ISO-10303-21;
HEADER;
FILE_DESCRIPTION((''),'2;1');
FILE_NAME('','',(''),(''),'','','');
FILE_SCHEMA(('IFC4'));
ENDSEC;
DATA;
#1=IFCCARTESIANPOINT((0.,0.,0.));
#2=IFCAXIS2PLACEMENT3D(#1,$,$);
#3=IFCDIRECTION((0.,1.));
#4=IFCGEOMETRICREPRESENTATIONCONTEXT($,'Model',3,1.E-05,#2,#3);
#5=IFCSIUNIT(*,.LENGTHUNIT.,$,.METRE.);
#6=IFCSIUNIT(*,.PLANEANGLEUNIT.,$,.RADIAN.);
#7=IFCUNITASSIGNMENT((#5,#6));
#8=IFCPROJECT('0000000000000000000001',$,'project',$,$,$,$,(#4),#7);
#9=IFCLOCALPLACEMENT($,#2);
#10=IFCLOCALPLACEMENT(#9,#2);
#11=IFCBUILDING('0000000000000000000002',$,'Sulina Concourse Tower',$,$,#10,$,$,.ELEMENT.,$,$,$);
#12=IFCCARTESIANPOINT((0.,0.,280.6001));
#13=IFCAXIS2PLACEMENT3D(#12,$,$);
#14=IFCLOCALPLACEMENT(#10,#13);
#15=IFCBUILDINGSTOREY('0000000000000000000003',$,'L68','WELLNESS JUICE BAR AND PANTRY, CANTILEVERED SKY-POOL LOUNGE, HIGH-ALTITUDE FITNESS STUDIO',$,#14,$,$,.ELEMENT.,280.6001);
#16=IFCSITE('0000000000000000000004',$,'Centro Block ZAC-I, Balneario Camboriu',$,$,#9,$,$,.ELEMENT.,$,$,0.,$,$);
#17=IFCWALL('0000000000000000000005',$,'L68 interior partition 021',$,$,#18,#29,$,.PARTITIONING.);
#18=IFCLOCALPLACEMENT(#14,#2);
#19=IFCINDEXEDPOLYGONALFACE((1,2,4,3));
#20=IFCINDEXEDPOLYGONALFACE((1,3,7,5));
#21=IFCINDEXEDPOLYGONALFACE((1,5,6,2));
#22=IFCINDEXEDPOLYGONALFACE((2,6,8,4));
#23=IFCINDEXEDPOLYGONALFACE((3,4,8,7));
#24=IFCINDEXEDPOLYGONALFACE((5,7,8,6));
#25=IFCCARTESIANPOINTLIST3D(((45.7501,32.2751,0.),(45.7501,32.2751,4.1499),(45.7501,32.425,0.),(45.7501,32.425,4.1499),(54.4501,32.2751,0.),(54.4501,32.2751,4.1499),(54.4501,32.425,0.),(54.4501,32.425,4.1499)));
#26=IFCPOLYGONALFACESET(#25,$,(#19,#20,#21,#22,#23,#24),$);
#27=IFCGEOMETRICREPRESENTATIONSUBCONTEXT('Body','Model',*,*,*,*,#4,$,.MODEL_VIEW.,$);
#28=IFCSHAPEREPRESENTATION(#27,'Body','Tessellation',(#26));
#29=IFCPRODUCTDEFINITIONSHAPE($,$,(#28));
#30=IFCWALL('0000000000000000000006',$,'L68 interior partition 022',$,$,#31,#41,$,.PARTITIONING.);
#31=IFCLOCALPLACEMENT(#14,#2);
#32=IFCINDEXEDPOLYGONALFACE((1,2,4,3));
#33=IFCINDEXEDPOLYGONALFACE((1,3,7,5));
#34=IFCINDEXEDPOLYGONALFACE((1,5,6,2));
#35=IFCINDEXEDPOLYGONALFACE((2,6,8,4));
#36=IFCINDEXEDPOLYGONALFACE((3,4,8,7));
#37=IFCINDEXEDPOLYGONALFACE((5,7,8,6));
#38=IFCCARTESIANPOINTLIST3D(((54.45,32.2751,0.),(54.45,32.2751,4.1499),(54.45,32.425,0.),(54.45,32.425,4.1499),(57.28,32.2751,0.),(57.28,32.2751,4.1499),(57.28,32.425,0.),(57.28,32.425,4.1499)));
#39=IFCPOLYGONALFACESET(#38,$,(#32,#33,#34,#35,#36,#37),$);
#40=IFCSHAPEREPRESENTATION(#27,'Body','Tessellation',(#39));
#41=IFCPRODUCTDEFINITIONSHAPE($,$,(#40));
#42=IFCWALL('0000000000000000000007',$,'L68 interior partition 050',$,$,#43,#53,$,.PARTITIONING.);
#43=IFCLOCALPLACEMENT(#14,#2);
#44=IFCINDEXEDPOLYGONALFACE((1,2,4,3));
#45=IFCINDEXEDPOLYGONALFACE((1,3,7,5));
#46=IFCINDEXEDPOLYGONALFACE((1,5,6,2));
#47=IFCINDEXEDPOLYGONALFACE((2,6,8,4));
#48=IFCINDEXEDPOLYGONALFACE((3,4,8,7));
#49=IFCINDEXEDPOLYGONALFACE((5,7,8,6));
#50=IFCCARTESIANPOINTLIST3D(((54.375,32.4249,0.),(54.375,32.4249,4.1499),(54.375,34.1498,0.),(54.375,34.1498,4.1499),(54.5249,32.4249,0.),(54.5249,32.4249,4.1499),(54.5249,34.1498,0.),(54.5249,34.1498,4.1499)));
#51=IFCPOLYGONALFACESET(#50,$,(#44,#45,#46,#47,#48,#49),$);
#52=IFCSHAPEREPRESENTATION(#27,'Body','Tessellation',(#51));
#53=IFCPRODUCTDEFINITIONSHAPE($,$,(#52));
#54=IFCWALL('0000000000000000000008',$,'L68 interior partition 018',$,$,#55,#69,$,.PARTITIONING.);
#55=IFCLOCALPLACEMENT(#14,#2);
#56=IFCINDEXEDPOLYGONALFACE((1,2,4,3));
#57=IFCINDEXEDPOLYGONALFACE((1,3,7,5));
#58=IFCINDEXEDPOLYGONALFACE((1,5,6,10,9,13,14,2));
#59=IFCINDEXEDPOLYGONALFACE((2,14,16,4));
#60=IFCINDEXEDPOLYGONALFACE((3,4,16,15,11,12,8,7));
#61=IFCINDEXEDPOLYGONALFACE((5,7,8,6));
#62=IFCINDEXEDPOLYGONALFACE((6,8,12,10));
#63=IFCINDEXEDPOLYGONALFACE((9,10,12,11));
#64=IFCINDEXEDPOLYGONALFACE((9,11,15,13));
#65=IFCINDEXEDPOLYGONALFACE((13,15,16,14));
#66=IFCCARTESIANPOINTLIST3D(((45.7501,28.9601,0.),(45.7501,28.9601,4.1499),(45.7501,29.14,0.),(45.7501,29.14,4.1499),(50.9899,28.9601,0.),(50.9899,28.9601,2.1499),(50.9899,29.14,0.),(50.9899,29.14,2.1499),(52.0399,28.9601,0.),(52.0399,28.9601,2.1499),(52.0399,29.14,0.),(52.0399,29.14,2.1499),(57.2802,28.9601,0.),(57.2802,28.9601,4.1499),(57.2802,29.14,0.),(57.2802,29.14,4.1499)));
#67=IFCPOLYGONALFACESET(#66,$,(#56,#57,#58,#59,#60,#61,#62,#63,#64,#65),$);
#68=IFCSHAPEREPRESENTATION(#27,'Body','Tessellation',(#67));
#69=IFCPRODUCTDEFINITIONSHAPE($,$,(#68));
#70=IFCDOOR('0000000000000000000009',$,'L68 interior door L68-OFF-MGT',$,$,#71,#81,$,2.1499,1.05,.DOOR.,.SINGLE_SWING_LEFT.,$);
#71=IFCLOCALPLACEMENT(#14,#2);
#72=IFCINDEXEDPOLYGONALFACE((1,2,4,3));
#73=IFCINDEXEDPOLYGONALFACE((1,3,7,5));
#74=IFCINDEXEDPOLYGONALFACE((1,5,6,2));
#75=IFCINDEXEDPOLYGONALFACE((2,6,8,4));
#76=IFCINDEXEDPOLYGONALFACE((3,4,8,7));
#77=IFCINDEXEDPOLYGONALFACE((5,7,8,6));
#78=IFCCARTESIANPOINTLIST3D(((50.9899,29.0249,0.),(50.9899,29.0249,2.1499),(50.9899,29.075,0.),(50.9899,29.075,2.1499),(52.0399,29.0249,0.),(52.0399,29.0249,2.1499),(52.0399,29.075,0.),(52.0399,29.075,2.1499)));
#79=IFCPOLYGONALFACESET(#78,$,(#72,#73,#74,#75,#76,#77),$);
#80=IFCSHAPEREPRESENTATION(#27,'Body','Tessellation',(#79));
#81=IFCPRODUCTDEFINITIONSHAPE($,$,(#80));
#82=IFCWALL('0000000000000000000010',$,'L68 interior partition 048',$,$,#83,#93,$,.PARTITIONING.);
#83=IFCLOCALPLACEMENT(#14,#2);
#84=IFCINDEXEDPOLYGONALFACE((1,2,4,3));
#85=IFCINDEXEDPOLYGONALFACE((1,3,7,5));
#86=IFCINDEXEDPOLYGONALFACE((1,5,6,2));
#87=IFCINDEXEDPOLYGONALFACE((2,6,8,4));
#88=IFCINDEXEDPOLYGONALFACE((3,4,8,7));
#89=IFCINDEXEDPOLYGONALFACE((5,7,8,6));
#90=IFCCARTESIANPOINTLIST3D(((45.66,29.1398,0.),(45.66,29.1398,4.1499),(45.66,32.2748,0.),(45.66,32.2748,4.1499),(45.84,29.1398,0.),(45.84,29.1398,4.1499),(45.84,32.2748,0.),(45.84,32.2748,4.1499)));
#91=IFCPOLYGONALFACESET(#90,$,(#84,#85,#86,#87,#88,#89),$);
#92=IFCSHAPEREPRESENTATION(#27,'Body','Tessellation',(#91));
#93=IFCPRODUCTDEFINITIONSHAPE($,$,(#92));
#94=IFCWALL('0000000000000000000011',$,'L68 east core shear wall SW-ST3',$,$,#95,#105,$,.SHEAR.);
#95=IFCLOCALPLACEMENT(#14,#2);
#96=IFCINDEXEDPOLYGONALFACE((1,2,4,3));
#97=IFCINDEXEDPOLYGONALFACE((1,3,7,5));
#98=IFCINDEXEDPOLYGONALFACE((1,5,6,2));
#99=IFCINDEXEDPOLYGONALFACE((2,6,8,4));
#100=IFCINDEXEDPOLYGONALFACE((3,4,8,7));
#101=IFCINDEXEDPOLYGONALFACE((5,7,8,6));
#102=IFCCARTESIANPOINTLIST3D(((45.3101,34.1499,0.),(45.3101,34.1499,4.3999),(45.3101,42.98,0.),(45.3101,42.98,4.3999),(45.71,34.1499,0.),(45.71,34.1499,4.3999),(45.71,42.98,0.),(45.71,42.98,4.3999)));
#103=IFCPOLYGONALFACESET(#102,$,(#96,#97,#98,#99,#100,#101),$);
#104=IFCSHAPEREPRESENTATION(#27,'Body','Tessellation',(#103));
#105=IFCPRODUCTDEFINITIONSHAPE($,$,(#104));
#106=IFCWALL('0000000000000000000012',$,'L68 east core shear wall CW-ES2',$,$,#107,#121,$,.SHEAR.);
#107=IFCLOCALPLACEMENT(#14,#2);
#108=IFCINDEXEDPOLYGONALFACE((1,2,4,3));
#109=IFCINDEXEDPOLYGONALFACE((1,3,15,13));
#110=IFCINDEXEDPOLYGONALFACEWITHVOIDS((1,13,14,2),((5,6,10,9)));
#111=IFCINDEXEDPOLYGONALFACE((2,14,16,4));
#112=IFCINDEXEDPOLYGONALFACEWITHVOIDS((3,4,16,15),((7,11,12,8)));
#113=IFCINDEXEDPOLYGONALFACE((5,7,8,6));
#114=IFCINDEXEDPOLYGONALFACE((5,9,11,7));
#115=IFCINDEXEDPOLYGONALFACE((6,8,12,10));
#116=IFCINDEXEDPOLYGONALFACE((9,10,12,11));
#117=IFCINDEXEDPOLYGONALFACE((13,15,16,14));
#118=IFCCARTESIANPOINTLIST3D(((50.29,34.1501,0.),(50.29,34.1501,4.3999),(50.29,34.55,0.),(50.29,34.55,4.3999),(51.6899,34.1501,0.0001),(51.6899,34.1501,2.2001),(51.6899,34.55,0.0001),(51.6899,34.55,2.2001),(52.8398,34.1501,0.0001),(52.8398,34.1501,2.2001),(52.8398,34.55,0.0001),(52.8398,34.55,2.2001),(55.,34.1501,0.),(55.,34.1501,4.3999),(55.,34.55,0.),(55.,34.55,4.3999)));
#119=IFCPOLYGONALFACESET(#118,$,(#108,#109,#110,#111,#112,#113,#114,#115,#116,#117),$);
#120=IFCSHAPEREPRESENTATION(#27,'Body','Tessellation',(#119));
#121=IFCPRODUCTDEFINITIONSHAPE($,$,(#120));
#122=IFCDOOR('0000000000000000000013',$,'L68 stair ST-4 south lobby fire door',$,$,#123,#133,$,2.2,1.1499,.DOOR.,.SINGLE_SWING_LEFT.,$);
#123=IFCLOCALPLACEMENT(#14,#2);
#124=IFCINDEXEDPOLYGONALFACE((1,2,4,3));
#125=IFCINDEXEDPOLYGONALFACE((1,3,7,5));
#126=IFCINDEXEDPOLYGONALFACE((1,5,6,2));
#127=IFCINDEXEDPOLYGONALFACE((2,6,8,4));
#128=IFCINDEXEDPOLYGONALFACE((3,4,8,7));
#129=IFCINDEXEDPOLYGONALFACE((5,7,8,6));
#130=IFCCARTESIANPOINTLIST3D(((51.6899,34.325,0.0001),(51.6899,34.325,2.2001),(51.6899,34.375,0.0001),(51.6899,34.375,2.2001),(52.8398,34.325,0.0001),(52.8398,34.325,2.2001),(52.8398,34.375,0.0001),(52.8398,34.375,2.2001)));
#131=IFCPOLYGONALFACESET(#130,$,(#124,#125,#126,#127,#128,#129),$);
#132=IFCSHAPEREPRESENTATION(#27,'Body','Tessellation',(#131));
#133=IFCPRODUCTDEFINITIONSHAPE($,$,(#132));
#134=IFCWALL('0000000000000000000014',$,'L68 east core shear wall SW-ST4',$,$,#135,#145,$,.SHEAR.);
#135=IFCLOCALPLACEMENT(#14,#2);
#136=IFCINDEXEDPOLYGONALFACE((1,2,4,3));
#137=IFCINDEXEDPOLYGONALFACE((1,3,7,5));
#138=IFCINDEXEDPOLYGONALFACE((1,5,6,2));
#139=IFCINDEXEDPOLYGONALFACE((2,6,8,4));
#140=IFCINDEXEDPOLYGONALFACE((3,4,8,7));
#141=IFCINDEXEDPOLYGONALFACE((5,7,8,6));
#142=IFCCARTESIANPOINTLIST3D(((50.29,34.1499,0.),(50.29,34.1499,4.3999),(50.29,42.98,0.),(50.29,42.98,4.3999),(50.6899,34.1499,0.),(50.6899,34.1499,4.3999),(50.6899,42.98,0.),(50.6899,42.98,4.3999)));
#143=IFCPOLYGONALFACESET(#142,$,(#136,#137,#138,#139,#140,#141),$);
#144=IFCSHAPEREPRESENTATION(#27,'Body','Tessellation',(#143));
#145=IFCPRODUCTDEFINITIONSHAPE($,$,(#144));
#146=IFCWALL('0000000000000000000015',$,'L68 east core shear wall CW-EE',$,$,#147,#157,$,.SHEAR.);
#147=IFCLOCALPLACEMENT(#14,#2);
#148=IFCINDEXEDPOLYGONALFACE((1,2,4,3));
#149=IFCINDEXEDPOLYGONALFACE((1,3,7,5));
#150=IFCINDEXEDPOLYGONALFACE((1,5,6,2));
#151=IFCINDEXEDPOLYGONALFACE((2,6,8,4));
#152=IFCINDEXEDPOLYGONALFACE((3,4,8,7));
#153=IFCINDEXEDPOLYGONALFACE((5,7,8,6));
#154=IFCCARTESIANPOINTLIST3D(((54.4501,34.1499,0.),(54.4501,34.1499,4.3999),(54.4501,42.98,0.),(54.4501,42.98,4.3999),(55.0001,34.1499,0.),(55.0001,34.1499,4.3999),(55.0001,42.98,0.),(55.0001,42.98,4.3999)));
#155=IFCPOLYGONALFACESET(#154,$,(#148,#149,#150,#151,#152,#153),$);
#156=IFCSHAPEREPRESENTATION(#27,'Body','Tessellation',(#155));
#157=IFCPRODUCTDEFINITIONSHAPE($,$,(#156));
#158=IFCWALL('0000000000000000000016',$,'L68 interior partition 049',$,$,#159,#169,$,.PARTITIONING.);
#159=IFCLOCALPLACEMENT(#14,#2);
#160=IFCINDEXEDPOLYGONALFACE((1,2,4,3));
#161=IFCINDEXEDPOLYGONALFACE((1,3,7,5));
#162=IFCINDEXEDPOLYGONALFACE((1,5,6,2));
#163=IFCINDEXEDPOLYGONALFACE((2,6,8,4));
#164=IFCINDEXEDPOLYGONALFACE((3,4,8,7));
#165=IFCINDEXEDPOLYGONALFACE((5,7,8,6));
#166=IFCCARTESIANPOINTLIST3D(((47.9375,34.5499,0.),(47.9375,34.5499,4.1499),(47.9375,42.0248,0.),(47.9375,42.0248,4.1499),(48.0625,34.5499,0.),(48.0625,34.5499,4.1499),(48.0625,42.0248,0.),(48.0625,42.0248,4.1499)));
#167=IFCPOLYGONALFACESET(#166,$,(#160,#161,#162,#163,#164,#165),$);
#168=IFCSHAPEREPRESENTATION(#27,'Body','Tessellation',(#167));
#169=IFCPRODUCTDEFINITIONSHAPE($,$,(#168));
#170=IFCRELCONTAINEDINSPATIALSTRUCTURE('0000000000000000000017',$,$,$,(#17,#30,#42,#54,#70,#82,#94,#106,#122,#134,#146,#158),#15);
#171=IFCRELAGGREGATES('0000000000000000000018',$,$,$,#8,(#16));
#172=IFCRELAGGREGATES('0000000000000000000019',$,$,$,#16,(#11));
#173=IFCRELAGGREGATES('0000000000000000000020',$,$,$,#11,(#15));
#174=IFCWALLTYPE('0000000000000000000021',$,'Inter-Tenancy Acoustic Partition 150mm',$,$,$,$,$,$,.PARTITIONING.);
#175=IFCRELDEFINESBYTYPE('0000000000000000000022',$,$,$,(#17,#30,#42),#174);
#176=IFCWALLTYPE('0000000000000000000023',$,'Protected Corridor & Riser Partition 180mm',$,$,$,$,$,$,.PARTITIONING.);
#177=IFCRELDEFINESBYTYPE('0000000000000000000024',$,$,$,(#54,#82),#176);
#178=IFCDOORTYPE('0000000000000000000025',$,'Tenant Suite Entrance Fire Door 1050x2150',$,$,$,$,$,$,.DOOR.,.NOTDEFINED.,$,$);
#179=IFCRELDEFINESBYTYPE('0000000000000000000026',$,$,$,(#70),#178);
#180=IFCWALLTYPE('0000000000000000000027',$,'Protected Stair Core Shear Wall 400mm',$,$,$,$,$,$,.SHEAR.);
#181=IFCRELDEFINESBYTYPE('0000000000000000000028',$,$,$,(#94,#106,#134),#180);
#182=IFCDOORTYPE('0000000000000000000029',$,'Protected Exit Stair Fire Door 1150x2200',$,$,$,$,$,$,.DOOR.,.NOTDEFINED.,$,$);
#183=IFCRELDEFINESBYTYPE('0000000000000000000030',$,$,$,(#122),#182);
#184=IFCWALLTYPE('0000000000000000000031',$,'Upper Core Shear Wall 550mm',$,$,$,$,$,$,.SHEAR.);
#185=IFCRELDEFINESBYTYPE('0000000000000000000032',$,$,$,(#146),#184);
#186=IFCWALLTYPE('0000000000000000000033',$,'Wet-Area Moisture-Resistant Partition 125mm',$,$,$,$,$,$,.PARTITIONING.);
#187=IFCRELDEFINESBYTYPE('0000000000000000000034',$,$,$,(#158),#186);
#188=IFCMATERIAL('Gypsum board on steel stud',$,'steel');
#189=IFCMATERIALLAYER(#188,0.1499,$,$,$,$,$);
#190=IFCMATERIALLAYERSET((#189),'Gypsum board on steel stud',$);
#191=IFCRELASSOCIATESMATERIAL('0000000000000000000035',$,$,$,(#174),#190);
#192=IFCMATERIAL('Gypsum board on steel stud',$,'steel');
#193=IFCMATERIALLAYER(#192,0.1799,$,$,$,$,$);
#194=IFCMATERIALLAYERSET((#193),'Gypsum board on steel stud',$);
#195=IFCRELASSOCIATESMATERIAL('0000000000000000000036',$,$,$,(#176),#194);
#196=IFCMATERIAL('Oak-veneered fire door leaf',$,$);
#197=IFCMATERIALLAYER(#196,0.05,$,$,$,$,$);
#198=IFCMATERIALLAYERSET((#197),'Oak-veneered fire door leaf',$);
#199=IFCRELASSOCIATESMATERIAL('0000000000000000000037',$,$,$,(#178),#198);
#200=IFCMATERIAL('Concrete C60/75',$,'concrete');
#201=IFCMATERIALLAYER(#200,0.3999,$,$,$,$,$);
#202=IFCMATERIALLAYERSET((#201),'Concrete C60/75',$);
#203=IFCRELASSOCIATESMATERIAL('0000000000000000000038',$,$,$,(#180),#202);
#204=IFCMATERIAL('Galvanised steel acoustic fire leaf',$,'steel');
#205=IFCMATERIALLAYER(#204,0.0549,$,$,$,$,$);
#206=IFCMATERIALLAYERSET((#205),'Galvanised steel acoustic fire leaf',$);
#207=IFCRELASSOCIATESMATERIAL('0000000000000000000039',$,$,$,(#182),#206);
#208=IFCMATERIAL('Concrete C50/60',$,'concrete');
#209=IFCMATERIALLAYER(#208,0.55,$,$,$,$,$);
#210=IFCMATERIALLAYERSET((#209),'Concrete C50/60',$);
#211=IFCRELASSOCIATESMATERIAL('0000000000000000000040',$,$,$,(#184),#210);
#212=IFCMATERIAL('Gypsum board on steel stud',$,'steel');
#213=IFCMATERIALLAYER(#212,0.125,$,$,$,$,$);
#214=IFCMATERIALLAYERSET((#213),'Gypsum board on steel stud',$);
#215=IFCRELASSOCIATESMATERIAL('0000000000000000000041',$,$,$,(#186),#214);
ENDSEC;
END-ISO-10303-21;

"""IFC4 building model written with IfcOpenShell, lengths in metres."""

from ifc_helpers import new_model, si_unit, direction, frame, frame_2d, origin, place, context, subcontext, project, spatial, rectangle, extrude, material, layer, layer_set, type_object, element, fill, save


model = new_model("IFC4")

# Units and contexts
model_context = context("Model", 3, precision=1e-05, world=origin(), true_north=direction((0.0, 1.0)))
body_context = subcontext(model_context, "Body", "Model", "MODEL_VIEW")
ifc_project = project(units=[si_unit("LENGTHUNIT", "METRE"), si_unit("PLANEANGLEUNIT", "RADIAN")], contexts=[model_context])

# Site, building, storey
site_placement = place(None, origin())
site = spatial("IfcSite", under=ifc_project, at=site_placement, Name="Centro Block ZAC-I, Balneario Camboriu", CompositionType="ELEMENT", RefElevation=0.0)
building_placement = place(site_placement, origin())
building = spatial("IfcBuilding", under=site, at=building_placement, Name="Sulina Concourse Tower", CompositionType="ELEMENT")
storey_placement = place(building_placement, frame((0.0, 0.0, 280.6001)))
storey = spatial("IfcBuildingStorey", under=building, at=storey_placement, Name="L68", Description="WELLNESS JUICE BAR AND PANTRY, CANTILEVERED SKY-POOL LOUNGE, HIGH-ALTITUDE FITNESS STUDIO", CompositionType="ELEMENT", Elevation=280.6001)

# Walls
ifc_material_1 = material(Name="Gypsum board on steel stud", Category="steel")
ifc_layer_1 = layer(ifc_material_1, 0.1499)
ifc_layer_set_1 = layer_set([ifc_layer_1], Name="Gypsum board on steel stud")
wall_type_1 = type_object("IfcWallType", Name="Inter-Tenancy Acoustic Partition 150mm", PredefinedType="PARTITIONING", material=ifc_layer_set_1)
wall_1_placement = place(storey_placement, frame((45.75, 32.3501, 0.0), z_axis=(0.0, 0.0, 1.0), x_axis=(1.0, 0.0, 0.0)))
element("IfcWall", 1, at=wall_1_placement, inside=storey, type_object=wall_type_1, Name="L68 interior partition 021", PredefinedType="PARTITIONING", context=body_context, shape_type="SweptSolid", body=[
    extrude(rectangle(XDim=8.7, YDim=0.1499, at=frame_2d((4.3501, 0.0))), origin(), (0.0, 0.0, 1.0), 4.1499),
])
wall_2_placement = place(storey_placement, frame((54.45, 32.3501, 0.0), z_axis=(0.0, 0.0, 1.0), x_axis=(1.0, 0.0, 0.0)))
element("IfcWall", 2, at=wall_2_placement, inside=storey, type_object=wall_type_1, Name="L68 interior partition 022", PredefinedType="PARTITIONING", context=body_context, shape_type="SweptSolid", body=[
    extrude(rectangle(XDim=2.8301, YDim=0.1499, at=frame_2d((1.415, 0.0))), origin(), (0.0, 0.0, 1.0), 4.1499),
])
wall_3_placement = place(storey_placement, frame((54.45, 32.425, 0.0), z_axis=(0.0, 0.0, 1.0), x_axis=(0.0, 1.0, 0.0)))
element("IfcWall", 3, at=wall_3_placement, inside=storey, type_object=wall_type_1, Name="L68 interior partition 050", PredefinedType="PARTITIONING", context=body_context, shape_type="SweptSolid", body=[
    extrude(rectangle(XDim=1.7249, YDim=0.1499, at=frame_2d((0.8623, 0.0))), origin(), (0.0, 0.0, 1.0), 4.1499),
])

# Wall, opening, door
ifc_material_2 = material(Name="Gypsum board on steel stud", Category="steel")
ifc_layer_2 = layer(ifc_material_2, 0.1799)
ifc_layer_set_2 = layer_set([ifc_layer_2], Name="Gypsum board on steel stud")
wall_type_2 = type_object("IfcWallType", Name="Protected Corridor & Riser Partition 180mm", PredefinedType="PARTITIONING", material=ifc_layer_set_2)
wall_4_placement = place(storey_placement, frame((45.75, 29.05, 0.0), z_axis=(0.0, 0.0, 1.0), x_axis=(1.0, 0.0, 0.0)))
wall_4 = element("IfcWall", 4, at=wall_4_placement, inside=storey, type_object=wall_type_2, Name="L68 interior partition 018", PredefinedType="PARTITIONING", context=body_context, shape_type="SweptSolid", body=[
    extrude(rectangle(XDim=11.53, YDim=0.1799, at=frame_2d((5.7651, 0.0))), origin(), (0.0, 0.0, 1.0), 4.1499),
])
opening_1_placement = place(wall_4_placement, frame((5.24, 0.0, 0.0)))
opening_1 = element("IfcOpeningElement", 5, at=opening_1_placement, cuts=wall_4, PredefinedType="OPENING", context=body_context, shape_type="SweptSolid", body=[
    extrude(rectangle(XDim=1.05, YDim=2.1499, at=frame_2d((0.5249, 1.075))), frame((0.0, 0.0999, 0.0), z_axis=(0.0, -1.0, 0.0), x_axis=(1.0, 0.0, 0.0)), (0.0, 0.0, 1.0), 0.2),
])
ifc_material_3 = material(Name="Oak-veneered fire door leaf")
ifc_layer_3 = layer(ifc_material_3, 0.05)
ifc_layer_set_3 = layer_set([ifc_layer_3], Name="Oak-veneered fire door leaf")
door_type_1 = type_object("IfcDoorType", Name="Tenant Suite Entrance Fire Door 1050x2150", OperationType="NOTDEFINED", PredefinedType="DOOR", material=ifc_layer_set_3)
door_1_placement = place(opening_1_placement, origin())
door_1 = element("IfcDoor", 6, at=door_1_placement, inside=storey, type_object=door_type_1, Name="L68 interior door L68-OFF-MGT", OperationType="SINGLE_SWING_LEFT", OverallHeight=2.1499, OverallWidth=1.05, PredefinedType="DOOR", context=body_context, shape_type="SweptSolid", body=[
    extrude(rectangle(XDim=1.05, YDim=2.1499, at=frame_2d((0.5249, 1.075))), frame((0.0, 0.0249, 0.0), z_axis=(0.0, -1.0, 0.0), x_axis=(1.0, 0.0, 0.0)), (0.0, 0.0, 1.0), 0.05),
])
fill(opening_1, door_1)

# Walls
wall_5_placement = place(storey_placement, frame((45.75, 29.1399, 0.0), z_axis=(0.0, 0.0, 1.0), x_axis=(0.0, 1.0, 0.0)))
element("IfcWall", 7, at=wall_5_placement, inside=storey, type_object=wall_type_2, Name="L68 interior partition 048", PredefinedType="PARTITIONING", context=body_context, shape_type="SweptSolid", body=[
    extrude(rectangle(XDim=3.135, YDim=0.1799, at=frame_2d((1.5674, 0.0))), origin(), (0.0, 0.0, 1.0), 4.1499),
])
ifc_material_4 = material(Name="Concrete C60/75", Category="concrete")
ifc_layer_4 = layer(ifc_material_4, 0.3999)
ifc_layer_set_4 = layer_set([ifc_layer_4], Name="Concrete C60/75")
wall_type_3 = type_object("IfcWallType", Name="Protected Stair Core Shear Wall 400mm", PredefinedType="SHEAR", material=ifc_layer_set_4)
wall_6_placement = place(storey_placement, frame((45.51, 34.1499, 0.0), z_axis=(0.0, 0.0, 1.0), x_axis=(0.0, 1.0, 0.0)))
element("IfcWall", 8, at=wall_6_placement, inside=storey, type_object=wall_type_3, Name="L68 east core shear wall SW-ST3", PredefinedType="SHEAR", context=body_context, shape_type="SweptSolid", body=[
    extrude(rectangle(XDim=8.8301, YDim=0.3999, at=frame_2d((4.415, 0.0))), origin(), (0.0, 0.0, 1.0), 4.3999),
])

# Wall, opening, door
wall_7_placement = place(storey_placement, frame((50.29, 34.3501, 0.0), z_axis=(0.0, 0.0, 1.0), x_axis=(1.0, 0.0, 0.0)))
wall_7 = element("IfcWall", 9, at=wall_7_placement, inside=storey, type_object=wall_type_3, Name="L68 east core shear wall CW-ES2", PredefinedType="SHEAR", context=body_context, shape_type="SweptSolid", body=[
    extrude(rectangle(XDim=4.71, YDim=0.3999, at=frame_2d((2.355, 0.0))), origin(), (0.0, 0.0, 1.0), 4.3999),
])
opening_2_placement = place(wall_7_placement, frame((1.3999, 0.0, 0.0)))
opening_2 = element("IfcOpeningElement", 10, at=opening_2_placement, cuts=wall_7, PredefinedType="OPENING", context=body_context, shape_type="SweptSolid", body=[
    extrude(rectangle(XDim=1.1499, YDim=2.2, at=frame_2d((0.575, 1.1001))), frame((0.0, 0.21, 0.0), z_axis=(0.0, -1.0, 0.0), x_axis=(1.0, 0.0, 0.0)), (0.0, 0.0, 1.0), 0.4199),
])
ifc_material_5 = material(Name="Galvanised steel acoustic fire leaf", Category="steel")
ifc_layer_5 = layer(ifc_material_5, 0.0549)
ifc_layer_set_5 = layer_set([ifc_layer_5], Name="Galvanised steel acoustic fire leaf")
door_type_2 = type_object("IfcDoorType", Name="Protected Exit Stair Fire Door 1150x2200", OperationType="NOTDEFINED", PredefinedType="DOOR", material=ifc_layer_set_5)
door_2_placement = place(opening_2_placement, origin())
door_2 = element("IfcDoor", 11, at=door_2_placement, inside=storey, type_object=door_type_2, Name="L68 stair ST-4 south lobby fire door", OperationType="SINGLE_SWING_LEFT", OverallHeight=2.2, OverallWidth=1.1499, PredefinedType="DOOR", context=body_context, shape_type="SweptSolid", body=[
    extrude(rectangle(XDim=1.1499, YDim=2.2, at=frame_2d((0.575, 1.1001))), frame((0.0, 0.0249, 0.0), z_axis=(0.0, -1.0, 0.0), x_axis=(1.0, 0.0, 0.0)), (0.0, 0.0, 1.0), 0.05),
])
fill(opening_2, door_2)

# Walls
wall_8_placement = place(storey_placement, frame((50.49, 34.1499, 0.0), z_axis=(0.0, 0.0, 1.0), x_axis=(0.0, 1.0, 0.0)))
element("IfcWall", 12, at=wall_8_placement, inside=storey, type_object=wall_type_3, Name="L68 east core shear wall SW-ST4", PredefinedType="SHEAR", context=body_context, shape_type="SweptSolid", body=[
    extrude(rectangle(XDim=8.8301, YDim=0.3999, at=frame_2d((4.415, 0.0))), origin(), (0.0, 0.0, 1.0), 4.3999),
])
ifc_material_6 = material(Name="Concrete C50/60", Category="concrete")
ifc_layer_6 = layer(ifc_material_6, 0.55)
ifc_layer_set_6 = layer_set([ifc_layer_6], Name="Concrete C50/60")
wall_type_4 = type_object("IfcWallType", Name="Upper Core Shear Wall 550mm", PredefinedType="SHEAR", material=ifc_layer_set_6)
wall_9_placement = place(storey_placement, frame((54.7251, 34.1499, 0.0), z_axis=(0.0, 0.0, 1.0), x_axis=(0.0, 1.0, 0.0)))
element("IfcWall", 13, at=wall_9_placement, inside=storey, type_object=wall_type_4, Name="L68 east core shear wall CW-EE", PredefinedType="SHEAR", context=body_context, shape_type="SweptSolid", body=[
    extrude(rectangle(XDim=8.8301, YDim=0.55, at=frame_2d((4.415, 0.0))), origin(), (0.0, 0.0, 1.0), 4.3999),
])
ifc_material_7 = material(Name="Gypsum board on steel stud", Category="steel")
ifc_layer_7 = layer(ifc_material_7, 0.125)
ifc_layer_set_7 = layer_set([ifc_layer_7], Name="Gypsum board on steel stud")
wall_type_5 = type_object("IfcWallType", Name="Wet-Area Moisture-Resistant Partition 125mm", PredefinedType="PARTITIONING", material=ifc_layer_set_7)
wall_10_placement = place(storey_placement, frame((48.0, 34.55, 0.0), z_axis=(0.0, 0.0, 1.0), x_axis=(0.0, 1.0, 0.0)))
element("IfcWall", 14, at=wall_10_placement, inside=storey, type_object=wall_type_5, Name="L68 interior partition 049", PredefinedType="PARTITIONING", context=body_context, shape_type="SweptSolid", body=[
    extrude(rectangle(XDim=7.4749, YDim=0.125, at=frame_2d((3.7373, 0.0))), origin(), (0.0, 0.0, 1.0), 4.1499),
])

save(model, "model.ifc")
